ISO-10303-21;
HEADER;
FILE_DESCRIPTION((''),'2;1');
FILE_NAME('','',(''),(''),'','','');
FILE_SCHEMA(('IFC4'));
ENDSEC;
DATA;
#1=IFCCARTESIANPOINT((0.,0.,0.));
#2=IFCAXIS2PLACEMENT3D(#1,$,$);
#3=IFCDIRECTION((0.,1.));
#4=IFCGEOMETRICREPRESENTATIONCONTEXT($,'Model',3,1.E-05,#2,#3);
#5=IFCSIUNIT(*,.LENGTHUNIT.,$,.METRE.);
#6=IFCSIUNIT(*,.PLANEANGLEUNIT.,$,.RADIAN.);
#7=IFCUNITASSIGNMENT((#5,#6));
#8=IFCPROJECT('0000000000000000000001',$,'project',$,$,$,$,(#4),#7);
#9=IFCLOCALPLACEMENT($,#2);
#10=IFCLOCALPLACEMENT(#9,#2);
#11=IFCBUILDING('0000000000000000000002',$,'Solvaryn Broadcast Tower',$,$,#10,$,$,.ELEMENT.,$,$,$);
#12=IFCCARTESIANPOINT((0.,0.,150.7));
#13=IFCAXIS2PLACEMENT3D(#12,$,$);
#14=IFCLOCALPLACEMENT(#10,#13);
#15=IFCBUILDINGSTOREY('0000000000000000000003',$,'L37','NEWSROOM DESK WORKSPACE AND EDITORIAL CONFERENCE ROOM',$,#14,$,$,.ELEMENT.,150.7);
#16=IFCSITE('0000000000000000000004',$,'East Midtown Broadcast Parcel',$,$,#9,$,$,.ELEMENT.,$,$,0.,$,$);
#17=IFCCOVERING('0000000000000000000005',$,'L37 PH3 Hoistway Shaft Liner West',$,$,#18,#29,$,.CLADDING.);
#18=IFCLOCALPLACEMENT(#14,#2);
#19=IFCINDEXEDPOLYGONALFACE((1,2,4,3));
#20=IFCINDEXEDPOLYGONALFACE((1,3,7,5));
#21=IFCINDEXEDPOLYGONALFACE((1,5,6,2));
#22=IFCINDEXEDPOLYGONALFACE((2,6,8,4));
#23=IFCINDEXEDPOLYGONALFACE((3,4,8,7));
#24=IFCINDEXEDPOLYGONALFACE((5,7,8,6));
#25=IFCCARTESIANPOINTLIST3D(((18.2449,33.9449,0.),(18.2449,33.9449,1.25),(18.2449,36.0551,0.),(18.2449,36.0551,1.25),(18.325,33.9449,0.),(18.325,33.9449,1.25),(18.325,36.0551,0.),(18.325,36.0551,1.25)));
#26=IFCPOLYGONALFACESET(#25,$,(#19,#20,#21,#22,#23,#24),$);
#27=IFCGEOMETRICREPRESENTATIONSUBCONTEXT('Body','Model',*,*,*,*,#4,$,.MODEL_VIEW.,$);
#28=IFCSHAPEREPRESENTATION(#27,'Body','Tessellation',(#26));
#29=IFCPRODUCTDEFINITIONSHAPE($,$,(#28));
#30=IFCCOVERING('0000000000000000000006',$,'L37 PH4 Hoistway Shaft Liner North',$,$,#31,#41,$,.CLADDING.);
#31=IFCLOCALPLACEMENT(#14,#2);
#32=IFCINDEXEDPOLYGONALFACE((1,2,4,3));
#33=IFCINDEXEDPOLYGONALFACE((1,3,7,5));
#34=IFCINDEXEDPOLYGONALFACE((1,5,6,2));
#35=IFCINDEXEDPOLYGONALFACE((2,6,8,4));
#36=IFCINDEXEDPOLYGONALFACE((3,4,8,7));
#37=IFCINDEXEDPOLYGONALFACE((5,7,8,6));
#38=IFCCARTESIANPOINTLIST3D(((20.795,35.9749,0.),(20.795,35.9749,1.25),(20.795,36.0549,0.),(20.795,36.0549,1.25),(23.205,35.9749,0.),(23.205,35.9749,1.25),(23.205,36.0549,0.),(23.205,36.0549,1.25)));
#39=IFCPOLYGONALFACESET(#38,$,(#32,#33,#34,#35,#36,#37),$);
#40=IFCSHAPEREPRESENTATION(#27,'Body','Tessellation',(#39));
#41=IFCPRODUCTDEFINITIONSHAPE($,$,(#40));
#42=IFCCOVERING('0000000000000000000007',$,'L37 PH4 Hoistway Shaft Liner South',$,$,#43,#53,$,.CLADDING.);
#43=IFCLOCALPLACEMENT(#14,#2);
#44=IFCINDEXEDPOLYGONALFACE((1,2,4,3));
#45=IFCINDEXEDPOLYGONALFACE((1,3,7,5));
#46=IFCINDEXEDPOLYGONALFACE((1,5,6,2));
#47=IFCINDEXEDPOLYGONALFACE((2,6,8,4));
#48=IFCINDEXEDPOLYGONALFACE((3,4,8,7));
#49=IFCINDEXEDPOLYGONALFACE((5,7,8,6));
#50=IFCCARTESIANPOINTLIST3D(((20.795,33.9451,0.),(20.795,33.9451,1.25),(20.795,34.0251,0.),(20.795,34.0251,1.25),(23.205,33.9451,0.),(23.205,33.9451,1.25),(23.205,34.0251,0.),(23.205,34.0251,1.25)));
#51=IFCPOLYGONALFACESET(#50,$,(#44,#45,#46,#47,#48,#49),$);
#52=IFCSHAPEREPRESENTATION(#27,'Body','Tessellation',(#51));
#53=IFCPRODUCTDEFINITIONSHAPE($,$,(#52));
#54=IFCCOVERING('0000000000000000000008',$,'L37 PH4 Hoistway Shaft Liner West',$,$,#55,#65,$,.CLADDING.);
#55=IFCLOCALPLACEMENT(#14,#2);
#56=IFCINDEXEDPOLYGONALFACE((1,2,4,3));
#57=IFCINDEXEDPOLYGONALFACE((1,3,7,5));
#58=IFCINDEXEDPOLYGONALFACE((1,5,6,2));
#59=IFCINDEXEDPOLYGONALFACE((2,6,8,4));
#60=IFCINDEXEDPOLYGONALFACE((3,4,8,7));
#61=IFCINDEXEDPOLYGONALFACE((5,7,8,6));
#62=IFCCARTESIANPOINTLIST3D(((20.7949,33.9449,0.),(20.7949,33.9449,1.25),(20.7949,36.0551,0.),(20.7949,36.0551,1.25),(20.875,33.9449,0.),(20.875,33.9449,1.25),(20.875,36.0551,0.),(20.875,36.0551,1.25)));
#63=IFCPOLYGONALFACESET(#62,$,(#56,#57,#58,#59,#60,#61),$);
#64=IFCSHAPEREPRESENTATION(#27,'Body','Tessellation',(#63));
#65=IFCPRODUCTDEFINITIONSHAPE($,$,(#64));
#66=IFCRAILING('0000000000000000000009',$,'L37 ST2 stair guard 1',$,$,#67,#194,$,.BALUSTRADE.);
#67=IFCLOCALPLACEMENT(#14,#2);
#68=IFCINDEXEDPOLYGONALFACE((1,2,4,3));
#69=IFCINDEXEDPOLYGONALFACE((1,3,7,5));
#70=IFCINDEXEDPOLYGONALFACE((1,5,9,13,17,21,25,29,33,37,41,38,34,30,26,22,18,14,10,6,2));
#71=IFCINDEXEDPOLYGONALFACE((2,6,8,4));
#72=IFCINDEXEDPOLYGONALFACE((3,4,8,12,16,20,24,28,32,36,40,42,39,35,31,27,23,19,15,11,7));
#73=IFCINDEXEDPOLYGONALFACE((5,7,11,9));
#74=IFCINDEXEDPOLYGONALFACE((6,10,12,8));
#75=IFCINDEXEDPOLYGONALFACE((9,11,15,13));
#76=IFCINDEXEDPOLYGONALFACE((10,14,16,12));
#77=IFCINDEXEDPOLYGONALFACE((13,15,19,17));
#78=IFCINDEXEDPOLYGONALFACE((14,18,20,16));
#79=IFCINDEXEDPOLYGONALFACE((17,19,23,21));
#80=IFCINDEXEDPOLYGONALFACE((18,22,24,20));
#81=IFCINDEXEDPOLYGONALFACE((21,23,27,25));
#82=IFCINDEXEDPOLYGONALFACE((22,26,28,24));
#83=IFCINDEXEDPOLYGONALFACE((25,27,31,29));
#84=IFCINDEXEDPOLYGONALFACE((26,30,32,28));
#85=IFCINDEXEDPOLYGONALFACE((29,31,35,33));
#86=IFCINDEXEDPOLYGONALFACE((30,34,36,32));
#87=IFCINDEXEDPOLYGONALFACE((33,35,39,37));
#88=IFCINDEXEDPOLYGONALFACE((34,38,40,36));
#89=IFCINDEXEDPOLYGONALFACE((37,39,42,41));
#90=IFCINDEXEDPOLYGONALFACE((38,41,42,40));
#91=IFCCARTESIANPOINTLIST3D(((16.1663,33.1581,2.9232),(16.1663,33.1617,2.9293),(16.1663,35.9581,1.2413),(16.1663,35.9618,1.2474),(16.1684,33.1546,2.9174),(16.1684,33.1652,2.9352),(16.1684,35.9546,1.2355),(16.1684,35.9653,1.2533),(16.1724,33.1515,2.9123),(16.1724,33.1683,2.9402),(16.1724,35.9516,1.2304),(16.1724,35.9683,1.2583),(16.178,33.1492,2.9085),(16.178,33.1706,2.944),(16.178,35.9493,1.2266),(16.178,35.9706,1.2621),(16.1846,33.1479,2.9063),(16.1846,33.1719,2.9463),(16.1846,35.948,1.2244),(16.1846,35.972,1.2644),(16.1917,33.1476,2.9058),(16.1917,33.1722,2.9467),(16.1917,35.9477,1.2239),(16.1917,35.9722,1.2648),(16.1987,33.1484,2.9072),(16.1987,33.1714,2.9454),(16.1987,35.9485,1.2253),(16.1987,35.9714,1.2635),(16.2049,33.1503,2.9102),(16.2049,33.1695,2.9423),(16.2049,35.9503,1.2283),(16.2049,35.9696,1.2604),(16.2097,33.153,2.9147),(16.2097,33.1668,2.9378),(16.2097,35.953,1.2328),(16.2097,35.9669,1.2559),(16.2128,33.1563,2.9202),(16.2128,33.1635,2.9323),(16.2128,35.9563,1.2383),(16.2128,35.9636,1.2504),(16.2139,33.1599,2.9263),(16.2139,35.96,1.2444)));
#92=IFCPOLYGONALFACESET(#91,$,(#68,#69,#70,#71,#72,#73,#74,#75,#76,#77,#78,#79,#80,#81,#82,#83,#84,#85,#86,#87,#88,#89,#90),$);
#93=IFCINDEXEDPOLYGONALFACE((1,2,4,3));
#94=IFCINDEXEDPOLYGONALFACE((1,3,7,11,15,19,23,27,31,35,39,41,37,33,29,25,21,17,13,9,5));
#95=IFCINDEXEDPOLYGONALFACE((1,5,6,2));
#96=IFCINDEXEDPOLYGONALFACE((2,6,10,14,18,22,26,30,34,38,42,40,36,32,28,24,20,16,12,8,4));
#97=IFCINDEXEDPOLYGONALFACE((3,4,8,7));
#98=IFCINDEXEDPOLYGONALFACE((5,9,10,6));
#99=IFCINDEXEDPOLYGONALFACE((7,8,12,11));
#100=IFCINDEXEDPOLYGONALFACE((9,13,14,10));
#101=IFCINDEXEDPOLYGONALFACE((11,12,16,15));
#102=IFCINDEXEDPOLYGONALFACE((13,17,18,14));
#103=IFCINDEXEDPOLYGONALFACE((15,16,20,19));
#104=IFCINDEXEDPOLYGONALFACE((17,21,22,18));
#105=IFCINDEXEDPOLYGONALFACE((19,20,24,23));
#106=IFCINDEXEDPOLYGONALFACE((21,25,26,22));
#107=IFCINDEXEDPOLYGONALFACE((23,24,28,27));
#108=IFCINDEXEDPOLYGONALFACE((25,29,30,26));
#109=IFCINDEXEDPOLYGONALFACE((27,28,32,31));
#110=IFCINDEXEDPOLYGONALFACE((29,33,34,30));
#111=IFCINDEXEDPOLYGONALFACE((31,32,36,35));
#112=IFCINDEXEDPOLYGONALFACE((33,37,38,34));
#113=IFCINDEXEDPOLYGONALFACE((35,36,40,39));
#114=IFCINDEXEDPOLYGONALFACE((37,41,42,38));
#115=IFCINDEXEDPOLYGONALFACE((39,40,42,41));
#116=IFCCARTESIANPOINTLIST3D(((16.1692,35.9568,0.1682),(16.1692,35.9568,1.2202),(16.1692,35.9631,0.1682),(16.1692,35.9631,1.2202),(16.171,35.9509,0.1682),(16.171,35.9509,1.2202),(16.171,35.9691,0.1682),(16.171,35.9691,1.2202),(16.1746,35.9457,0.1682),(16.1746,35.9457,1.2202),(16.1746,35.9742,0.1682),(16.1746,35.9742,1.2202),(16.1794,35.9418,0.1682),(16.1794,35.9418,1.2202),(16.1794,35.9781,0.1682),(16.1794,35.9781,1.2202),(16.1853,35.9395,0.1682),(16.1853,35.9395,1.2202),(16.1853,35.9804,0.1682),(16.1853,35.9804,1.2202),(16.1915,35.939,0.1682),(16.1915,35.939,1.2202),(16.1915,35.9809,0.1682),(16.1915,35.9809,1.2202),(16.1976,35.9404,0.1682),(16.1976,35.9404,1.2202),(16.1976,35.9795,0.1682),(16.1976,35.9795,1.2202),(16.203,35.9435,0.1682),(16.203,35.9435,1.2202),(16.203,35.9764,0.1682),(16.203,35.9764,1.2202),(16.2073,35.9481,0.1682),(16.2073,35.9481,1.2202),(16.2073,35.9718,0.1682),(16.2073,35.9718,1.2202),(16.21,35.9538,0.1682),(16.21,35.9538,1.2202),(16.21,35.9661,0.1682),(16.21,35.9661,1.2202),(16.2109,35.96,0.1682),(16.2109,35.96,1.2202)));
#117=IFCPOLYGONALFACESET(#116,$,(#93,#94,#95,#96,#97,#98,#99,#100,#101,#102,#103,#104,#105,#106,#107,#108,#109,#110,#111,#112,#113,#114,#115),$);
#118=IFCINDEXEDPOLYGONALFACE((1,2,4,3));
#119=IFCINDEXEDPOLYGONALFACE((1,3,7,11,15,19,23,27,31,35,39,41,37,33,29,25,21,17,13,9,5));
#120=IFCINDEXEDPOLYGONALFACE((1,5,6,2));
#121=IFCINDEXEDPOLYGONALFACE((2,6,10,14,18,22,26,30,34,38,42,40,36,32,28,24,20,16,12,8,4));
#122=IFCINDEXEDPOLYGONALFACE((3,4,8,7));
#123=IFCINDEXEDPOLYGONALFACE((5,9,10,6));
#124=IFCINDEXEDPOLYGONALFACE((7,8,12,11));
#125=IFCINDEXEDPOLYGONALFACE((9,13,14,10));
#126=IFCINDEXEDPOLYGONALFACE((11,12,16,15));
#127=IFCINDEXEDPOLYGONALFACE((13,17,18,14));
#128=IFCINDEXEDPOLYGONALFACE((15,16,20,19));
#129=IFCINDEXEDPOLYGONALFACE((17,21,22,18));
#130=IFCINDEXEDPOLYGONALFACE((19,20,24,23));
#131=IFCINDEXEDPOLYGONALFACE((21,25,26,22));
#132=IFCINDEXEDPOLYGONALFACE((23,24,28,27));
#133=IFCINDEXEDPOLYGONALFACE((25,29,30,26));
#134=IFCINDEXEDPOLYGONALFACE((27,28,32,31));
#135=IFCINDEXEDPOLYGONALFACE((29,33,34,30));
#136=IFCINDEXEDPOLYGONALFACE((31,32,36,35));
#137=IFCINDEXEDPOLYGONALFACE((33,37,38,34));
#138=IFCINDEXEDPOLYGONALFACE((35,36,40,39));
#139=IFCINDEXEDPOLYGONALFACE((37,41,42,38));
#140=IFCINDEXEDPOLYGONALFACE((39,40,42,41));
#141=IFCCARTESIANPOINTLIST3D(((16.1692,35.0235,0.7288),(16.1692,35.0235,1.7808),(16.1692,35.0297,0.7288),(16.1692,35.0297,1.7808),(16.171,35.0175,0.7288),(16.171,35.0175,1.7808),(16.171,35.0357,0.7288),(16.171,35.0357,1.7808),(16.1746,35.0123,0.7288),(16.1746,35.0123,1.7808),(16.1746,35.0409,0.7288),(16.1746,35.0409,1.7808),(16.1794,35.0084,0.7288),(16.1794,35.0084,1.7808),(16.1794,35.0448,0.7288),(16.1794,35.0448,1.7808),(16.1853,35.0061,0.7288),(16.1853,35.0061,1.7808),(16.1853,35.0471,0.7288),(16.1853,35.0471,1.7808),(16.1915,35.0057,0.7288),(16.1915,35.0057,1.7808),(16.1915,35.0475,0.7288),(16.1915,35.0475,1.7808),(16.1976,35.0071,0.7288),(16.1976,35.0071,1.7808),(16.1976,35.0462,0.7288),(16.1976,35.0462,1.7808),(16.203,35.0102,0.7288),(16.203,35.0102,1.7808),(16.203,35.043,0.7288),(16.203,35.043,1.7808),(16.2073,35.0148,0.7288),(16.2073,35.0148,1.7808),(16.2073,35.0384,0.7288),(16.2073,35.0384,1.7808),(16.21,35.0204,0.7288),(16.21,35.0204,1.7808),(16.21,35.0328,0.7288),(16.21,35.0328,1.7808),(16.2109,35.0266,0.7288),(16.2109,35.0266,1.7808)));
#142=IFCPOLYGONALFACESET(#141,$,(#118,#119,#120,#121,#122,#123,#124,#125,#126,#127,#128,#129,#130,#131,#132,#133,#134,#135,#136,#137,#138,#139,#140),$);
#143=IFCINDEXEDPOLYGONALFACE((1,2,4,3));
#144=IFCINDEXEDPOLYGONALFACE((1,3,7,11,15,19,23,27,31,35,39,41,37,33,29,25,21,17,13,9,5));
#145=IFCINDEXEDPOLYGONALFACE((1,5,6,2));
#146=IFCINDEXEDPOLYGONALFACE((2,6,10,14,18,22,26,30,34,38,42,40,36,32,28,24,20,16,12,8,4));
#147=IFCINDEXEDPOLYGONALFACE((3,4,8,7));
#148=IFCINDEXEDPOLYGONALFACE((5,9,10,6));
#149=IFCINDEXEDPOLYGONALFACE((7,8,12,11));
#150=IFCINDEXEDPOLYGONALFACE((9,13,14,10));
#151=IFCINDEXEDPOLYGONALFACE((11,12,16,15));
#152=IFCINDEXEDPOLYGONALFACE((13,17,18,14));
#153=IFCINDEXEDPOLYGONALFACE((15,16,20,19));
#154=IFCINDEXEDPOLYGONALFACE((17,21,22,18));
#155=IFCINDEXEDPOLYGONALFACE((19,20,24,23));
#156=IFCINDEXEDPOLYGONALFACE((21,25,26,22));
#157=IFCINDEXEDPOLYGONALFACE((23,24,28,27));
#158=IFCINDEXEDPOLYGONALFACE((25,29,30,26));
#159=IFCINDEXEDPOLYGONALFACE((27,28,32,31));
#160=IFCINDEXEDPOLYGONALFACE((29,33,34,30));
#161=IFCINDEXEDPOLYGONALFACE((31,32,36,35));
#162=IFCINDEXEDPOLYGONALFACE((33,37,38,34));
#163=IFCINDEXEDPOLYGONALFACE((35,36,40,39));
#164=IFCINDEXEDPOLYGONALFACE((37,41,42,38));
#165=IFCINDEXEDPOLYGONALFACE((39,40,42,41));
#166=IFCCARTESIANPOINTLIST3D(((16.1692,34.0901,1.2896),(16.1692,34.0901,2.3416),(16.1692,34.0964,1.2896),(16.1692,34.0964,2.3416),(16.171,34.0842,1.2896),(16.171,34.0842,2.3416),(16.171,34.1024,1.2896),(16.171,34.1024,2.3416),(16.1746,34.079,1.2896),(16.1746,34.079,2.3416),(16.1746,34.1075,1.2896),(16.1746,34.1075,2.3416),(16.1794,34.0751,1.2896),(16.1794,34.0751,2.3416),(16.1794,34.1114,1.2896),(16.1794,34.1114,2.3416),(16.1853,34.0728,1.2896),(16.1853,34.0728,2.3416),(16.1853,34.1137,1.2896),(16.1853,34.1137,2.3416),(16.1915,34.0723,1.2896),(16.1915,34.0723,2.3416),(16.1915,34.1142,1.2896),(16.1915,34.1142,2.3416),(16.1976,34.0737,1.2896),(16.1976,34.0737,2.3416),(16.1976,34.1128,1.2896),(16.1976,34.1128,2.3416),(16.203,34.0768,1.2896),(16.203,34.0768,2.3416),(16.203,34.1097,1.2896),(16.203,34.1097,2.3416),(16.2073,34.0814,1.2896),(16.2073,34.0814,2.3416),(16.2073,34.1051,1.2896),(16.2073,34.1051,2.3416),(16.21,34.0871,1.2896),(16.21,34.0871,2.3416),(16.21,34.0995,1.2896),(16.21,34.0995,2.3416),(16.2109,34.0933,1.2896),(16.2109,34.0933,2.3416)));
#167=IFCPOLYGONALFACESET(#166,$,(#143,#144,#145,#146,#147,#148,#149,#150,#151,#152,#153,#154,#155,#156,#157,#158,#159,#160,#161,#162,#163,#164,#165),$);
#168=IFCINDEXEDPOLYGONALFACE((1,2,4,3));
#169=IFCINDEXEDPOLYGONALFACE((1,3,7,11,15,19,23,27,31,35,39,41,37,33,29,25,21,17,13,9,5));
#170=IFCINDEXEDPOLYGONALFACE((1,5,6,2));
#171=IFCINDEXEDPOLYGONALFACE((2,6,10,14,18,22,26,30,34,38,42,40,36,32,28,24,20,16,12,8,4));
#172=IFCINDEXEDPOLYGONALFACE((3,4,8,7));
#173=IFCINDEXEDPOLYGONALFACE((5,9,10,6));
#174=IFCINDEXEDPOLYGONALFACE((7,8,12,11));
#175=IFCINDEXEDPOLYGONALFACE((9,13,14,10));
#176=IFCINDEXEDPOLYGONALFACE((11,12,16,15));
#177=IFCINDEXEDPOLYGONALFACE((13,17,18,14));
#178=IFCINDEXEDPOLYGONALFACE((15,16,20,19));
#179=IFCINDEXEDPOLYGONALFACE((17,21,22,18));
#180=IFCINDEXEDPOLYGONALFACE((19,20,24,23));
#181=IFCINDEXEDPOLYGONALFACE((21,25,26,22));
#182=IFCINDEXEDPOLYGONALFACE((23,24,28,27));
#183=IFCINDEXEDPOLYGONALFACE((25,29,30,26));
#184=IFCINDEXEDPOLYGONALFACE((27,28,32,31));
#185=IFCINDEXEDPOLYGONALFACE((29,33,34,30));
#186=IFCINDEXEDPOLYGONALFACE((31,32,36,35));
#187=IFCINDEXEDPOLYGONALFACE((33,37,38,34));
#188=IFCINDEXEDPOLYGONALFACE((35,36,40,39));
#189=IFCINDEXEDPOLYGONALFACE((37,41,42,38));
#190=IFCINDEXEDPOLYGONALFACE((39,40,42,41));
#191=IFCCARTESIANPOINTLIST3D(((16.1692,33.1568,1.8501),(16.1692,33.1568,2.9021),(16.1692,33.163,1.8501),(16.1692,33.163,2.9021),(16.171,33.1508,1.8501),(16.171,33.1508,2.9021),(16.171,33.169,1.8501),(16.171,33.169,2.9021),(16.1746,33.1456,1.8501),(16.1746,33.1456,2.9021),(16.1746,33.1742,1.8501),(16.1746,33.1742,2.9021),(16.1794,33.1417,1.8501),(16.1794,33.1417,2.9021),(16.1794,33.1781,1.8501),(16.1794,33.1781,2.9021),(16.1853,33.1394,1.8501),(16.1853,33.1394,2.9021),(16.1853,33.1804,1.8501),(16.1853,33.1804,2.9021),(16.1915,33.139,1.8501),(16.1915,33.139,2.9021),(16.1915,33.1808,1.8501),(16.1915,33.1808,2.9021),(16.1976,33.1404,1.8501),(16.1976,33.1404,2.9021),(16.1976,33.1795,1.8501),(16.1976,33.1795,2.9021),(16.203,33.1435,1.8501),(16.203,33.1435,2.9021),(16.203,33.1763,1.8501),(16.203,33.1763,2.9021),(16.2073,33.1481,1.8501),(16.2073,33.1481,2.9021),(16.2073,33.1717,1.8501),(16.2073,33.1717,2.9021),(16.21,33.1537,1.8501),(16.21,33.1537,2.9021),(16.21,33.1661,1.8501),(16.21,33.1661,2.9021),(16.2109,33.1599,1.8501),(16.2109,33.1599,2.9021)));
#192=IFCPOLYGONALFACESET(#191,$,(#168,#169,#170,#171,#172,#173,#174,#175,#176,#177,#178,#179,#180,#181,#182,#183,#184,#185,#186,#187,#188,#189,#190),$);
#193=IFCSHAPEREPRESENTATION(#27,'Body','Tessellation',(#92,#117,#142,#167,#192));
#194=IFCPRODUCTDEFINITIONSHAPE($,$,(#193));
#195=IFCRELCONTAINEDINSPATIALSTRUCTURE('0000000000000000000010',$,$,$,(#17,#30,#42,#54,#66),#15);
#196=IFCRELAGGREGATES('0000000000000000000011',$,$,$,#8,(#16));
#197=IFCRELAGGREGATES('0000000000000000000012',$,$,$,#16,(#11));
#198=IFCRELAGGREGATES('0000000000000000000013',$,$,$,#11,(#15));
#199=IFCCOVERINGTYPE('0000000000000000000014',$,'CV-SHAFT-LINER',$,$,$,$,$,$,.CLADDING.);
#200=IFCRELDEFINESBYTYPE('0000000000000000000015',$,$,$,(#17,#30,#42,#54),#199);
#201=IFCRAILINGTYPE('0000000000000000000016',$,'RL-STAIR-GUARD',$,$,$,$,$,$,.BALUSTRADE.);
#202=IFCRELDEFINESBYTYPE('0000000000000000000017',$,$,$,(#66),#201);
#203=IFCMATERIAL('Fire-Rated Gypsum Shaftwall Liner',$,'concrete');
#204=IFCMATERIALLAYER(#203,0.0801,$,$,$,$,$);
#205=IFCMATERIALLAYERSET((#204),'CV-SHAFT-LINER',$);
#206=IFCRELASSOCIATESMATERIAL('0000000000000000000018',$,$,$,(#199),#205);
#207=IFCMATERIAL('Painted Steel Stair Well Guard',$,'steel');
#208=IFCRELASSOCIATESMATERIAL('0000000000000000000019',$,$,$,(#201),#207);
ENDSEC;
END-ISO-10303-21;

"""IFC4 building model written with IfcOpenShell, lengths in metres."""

from ifc_helpers import new_model, si_unit, direction, frame, origin, origin_2d, place, context, subcontext, project, spatial, rectangle, circle, extrude, material, layer, layer_set, type_object, element, save


model = new_model("IFC4")

# Units and contexts
model_context = context("Model", 3, precision=1e-05, world=origin(), true_north=direction((0.0, 1.0)))
body_context = subcontext(model_context, "Body", "Model", "MODEL_VIEW")
ifc_project = project(units=[si_unit("LENGTHUNIT", "METRE"), si_unit("PLANEANGLEUNIT", "RADIAN")], contexts=[model_context])

# Site, building, storey
site_placement = place(None, origin())
site = spatial("IfcSite", under=ifc_project, at=site_placement, Name="East Midtown Broadcast Parcel", CompositionType="ELEMENT", RefElevation=0.0)
building_placement = place(site_placement, origin())
building = spatial("IfcBuilding", under=site, at=building_placement, Name="Solvaryn Broadcast Tower", CompositionType="ELEMENT")
storey_placement = place(building_placement, frame((0.0, 0.0, 150.7)))
storey = spatial("IfcBuildingStorey", under=building, at=storey_placement, Name="L37", Description="NEWSROOM DESK WORKSPACE AND EDITORIAL CONFERENCE ROOM", CompositionType="ELEMENT", Elevation=150.7)

# Coverings
ifc_material_1 = material(Name="Fire-Rated Gypsum Shaftwall Liner", Category="concrete")
ifc_layer_1 = layer(ifc_material_1, 0.0801)
ifc_layer_set_1 = layer_set([ifc_layer_1], Name="CV-SHAFT-LINER")
covering_type = type_object("IfcCoveringType", Name="CV-SHAFT-LINER", PredefinedType="CLADDING", material=ifc_layer_set_1)
for number, where, z_axis, x_axis, name in (
    (1, (18.2849, 35.0, 0.0), (0.0, 0.0, 1.0), (1.0, 0.0, 0.0), "L37 PH3 Hoistway Shaft Liner West"),
):
    element("IfcCovering", number, at=place(storey_placement, frame(where, z_axis=z_axis, x_axis=x_axis)), inside=storey, type_object=covering_type, Name=name, PredefinedType="CLADDING", context=body_context, shape_type="SweptSolid", body=[
        extrude(rectangle(XDim=0.0801, YDim=2.1101, at=origin_2d()), origin(), (0.0, 0.0, 1.0), 1.25),
    ])
for number, where, z_axis, x_axis, name in (
    (2, (22.0, 36.0149, 0.0), (0.0, 0.0, 1.0), (1.0, 0.0, 0.0), "L37 PH4 Hoistway Shaft Liner North"),
    (3, (22.0, 33.9851, 0.0), (0.0, 0.0, 1.0), (1.0, 0.0, 0.0), "L37 PH4 Hoistway Shaft Liner South"),
):
    element("IfcCovering", number, at=place(storey_placement, frame(where, z_axis=z_axis, x_axis=x_axis)), inside=storey, type_object=covering_type, Name=name, PredefinedType="CLADDING", context=body_context, shape_type="SweptSolid", body=[
        extrude(rectangle(XDim=2.4099, YDim=0.0801, at=origin_2d()), origin(), (0.0, 0.0, 1.0), 1.25),
    ])
covering_1_placement = place(storey_placement, frame((20.835, 35.0, 0.0), z_axis=(0.0, 0.0, 1.0), x_axis=(1.0, 0.0, 0.0)))
element("IfcCovering", 4, at=covering_1_placement, inside=storey, type_object=covering_type, Name="L37 PH4 Hoistway Shaft Liner West", PredefinedType="CLADDING", context=body_context, shape_type="SweptSolid", body=[
    extrude(rectangle(XDim=0.0801, YDim=2.1101, at=origin_2d()), origin(), (0.0, 0.0, 1.0), 1.25),
])

# Railing
ifc_material_2 = material(Name="Painted Steel Stair Well Guard", Category="steel")
railing_type_1 = type_object("IfcRailingType", Name="RL-STAIR-GUARD", PredefinedType="BALUSTRADE", material=ifc_material_2)
railing_1_placement = place(storey_placement, frame((16.1899, 35.96, 0.1682)))
element("IfcRailing", 5, at=railing_1_placement, inside=storey, type_object=railing_type_1, Name="L37 ST2 stair guard 1", PredefinedType="BALUSTRADE", context=body_context, shape_type="SweptSolid", body=[
    extrude(circle(Radius=0.0239, at=origin_2d()), frame((0.0, 0.0, 1.0762), z_axis=(0.0, -0.857242, 0.514913), x_axis=(1.0, 0.0, 0.0)), (0.0, 0.0, 1.0), 3.2664),
    extrude(circle(Radius=0.021, at=origin_2d()), origin(), (0.0, 0.0, 1.0), 1.052),
    extrude(circle(Radius=0.021, at=origin_2d()), frame((0.0, -0.9333, 0.5605)), (0.0, 0.0, 1.0), 1.052),
    extrude(circle(Radius=0.021, at=origin_2d()), frame((0.0, -1.8667, 1.1213)), (0.0, 0.0, 1.0), 1.052),
    extrude(circle(Radius=0.021, at=origin_2d()), frame((0.0, -2.8, 1.6819)), (0.0, 0.0, 1.0), 1.052),
])

save(model, "model.ifc")
